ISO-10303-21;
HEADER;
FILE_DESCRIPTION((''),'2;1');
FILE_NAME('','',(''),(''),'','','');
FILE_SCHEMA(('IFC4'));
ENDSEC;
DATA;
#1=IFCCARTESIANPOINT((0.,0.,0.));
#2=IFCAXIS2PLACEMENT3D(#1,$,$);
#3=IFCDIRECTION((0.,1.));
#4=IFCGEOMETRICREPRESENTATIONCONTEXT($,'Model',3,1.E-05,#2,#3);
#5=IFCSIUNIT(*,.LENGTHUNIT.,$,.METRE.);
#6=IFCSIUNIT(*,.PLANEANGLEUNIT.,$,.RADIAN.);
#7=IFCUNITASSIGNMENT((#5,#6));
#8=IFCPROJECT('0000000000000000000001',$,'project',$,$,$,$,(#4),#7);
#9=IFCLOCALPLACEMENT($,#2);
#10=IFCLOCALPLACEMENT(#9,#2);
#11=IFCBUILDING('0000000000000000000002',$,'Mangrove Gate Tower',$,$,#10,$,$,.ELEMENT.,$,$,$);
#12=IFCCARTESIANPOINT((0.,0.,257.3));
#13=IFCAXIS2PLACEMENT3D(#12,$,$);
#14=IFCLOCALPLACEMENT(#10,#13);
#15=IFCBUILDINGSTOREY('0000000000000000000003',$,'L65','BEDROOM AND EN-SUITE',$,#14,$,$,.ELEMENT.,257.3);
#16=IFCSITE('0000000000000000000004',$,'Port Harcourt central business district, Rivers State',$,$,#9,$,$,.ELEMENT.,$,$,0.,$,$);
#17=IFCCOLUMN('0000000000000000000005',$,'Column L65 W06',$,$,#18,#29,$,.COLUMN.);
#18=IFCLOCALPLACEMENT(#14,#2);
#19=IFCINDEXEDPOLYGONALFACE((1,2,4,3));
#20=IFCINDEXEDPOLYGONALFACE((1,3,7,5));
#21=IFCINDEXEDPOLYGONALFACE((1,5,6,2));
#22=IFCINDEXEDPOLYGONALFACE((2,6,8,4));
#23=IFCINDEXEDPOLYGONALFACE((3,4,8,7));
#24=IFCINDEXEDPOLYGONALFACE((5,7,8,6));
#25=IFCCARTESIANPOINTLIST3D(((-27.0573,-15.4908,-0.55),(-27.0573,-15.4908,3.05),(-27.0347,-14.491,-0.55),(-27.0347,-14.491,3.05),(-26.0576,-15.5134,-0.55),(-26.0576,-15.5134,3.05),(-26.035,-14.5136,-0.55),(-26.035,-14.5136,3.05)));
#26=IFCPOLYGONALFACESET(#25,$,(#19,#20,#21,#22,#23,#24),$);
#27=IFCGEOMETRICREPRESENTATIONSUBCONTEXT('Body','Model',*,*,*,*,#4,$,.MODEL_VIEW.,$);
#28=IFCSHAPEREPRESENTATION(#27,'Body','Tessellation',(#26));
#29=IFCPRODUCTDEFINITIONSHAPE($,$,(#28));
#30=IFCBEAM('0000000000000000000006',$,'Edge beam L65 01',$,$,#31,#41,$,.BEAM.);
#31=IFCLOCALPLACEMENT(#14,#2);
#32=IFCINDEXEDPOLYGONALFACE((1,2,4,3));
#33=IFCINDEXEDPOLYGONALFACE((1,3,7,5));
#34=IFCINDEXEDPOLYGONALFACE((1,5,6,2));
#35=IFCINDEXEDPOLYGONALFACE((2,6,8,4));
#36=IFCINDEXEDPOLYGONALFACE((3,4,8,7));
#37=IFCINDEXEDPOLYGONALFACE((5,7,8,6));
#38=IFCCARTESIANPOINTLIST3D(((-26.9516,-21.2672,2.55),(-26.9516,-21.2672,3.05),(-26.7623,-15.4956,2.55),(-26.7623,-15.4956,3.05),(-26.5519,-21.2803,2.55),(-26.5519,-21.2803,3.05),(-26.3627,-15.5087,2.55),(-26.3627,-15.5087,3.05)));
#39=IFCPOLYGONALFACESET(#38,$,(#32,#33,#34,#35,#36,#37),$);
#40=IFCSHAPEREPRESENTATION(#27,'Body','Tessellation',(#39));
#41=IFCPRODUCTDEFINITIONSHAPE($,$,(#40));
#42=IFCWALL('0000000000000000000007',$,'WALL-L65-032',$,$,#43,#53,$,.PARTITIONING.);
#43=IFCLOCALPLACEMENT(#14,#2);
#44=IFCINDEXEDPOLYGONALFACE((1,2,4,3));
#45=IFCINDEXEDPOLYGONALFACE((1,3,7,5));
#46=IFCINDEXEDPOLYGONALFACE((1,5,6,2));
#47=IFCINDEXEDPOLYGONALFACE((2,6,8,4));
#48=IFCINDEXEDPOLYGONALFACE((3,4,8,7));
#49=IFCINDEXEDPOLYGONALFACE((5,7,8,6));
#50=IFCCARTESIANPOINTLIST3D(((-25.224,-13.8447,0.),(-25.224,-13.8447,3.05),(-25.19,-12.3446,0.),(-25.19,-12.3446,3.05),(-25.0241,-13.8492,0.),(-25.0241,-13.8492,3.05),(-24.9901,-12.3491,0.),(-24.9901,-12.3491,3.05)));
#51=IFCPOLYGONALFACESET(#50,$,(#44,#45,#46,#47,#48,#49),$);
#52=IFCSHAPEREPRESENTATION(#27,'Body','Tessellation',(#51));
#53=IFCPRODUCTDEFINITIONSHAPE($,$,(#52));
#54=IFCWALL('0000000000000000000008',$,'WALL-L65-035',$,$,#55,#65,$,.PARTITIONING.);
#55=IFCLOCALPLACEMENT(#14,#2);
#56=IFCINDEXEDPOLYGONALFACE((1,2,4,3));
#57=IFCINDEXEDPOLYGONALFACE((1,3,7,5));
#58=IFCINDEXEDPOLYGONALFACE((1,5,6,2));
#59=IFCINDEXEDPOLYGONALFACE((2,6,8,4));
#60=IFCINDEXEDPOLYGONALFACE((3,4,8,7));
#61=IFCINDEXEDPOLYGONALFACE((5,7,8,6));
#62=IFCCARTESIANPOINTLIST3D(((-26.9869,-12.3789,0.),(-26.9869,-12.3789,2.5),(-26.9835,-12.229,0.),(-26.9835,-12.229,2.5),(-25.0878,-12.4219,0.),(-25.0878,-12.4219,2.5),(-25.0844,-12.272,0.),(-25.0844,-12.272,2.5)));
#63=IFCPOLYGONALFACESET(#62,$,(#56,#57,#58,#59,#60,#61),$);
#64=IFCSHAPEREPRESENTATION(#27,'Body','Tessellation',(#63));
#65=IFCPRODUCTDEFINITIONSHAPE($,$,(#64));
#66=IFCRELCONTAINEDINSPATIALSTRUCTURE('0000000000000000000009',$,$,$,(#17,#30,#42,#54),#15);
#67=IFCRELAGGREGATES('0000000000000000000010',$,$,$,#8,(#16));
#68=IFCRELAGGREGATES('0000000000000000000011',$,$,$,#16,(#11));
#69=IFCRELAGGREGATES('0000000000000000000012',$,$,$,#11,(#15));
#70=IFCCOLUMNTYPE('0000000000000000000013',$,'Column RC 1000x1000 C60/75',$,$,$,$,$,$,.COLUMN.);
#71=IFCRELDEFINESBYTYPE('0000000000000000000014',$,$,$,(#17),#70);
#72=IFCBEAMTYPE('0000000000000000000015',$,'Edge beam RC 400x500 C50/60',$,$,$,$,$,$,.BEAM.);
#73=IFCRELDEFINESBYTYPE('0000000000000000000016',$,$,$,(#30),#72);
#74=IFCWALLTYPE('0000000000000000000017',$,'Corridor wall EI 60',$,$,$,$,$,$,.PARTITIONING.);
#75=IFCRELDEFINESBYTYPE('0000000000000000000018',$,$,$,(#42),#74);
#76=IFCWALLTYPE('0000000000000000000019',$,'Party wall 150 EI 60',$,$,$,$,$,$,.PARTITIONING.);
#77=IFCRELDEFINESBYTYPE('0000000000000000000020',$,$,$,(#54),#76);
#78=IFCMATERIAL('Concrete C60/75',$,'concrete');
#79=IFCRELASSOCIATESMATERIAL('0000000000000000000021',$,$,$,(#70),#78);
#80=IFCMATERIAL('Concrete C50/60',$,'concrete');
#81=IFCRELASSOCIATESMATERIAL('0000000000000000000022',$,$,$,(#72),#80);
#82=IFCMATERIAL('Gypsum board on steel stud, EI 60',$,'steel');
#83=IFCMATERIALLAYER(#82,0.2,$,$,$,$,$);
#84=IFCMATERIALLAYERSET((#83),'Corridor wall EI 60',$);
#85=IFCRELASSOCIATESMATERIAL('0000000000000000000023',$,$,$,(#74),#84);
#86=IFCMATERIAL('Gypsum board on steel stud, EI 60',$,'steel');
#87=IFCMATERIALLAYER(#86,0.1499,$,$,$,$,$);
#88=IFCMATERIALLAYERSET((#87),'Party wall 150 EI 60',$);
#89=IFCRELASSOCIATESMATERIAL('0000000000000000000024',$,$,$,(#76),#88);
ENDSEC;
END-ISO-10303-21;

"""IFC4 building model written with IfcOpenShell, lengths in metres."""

from ifc_helpers import new_model, si_unit, direction, frame, frame_2d, origin, origin_2d, place, context, subcontext, project, spatial, rectangle, extrude, material, layer, layer_set, material_profile, profile_set, type_object, element, save


model = new_model("IFC4")

# Units and contexts
model_context = context("Model", 3, precision=1e-05, world=origin(), true_north=direction((0.0, 1.0)))
body_context = subcontext(model_context, "Body", "Model", "MODEL_VIEW")
ifc_project = project(units=[si_unit("LENGTHUNIT", "METRE"), si_unit("PLANEANGLEUNIT", "RADIAN")], contexts=[model_context])

# Site, building, storey
site_placement = place(None, origin())
site = spatial("IfcSite", under=ifc_project, at=site_placement, Name="Port Harcourt central business district, Rivers State", CompositionType="ELEMENT", RefElevation=0.0)
building_placement = place(site_placement, origin())
building = spatial("IfcBuilding", under=site, at=building_placement, Name="Mangrove Gate Tower", CompositionType="ELEMENT")
storey_placement = place(building_placement, frame((0.0, 0.0, 257.3)))
storey = spatial("IfcBuildingStorey", under=building, at=storey_placement, Name="L65", Description="BEDROOM AND EN-SUITE", CompositionType="ELEMENT", Elevation=257.3)

# Column
ifc_material_1 = material(Name="Concrete C60/75", Category="concrete")
ifc_material_profile_1 = material_profile(ifc_material_1, rectangle(XDim=1.0, YDim=1.0, at=origin_2d()))
ifc_profile_set_1 = profile_set([ifc_material_profile_1], Name="Concrete C60/75")
column_type = type_object("IfcColumnType", Name="Column RC 1000x1000 C60/75", PredefinedType="COLUMN", material=ifc_profile_set_1)
column_placement = place(storey_placement, frame((-26.5461, -15.0022, -0.55), z_axis=(0.0, 0.0, 1.0), x_axis=(-0.022637, -0.999744, 0.0)))
element("IfcColumn", 1, at=column_placement, inside=storey, type_object=column_type, Name="Column L65 W06", PredefinedType="COLUMN", context=body_context, shape_type="SweptSolid", body=[
    extrude(rectangle(XDim=1.0, YDim=1.0, at=origin_2d()), origin(), (0.0, 0.0, 1.0), 3.6001),
])

# Beam
ifc_material_2 = material(Name="Concrete C50/60", Category="concrete")
ifc_material_profile_2 = material_profile(ifc_material_2, rectangle(XDim=0.3999, YDim=0.5, at=origin_2d()))
ifc_profile_set_2 = profile_set([ifc_material_profile_2], Name="Concrete C50/60")
beam_type = type_object("IfcBeamType", Name="Edge beam RC 400x500 C50/60", PredefinedType="BEAM", material=ifc_profile_set_2)
beam_placement = place(storey_placement, frame((-26.5625, -15.5022, 2.8), z_axis=(-0.032766, -0.999463, 0.0), x_axis=(0.999463, -0.032766, 0.0)))
element("IfcBeam", 2, at=beam_placement, inside=storey, type_object=beam_type, Name="Edge beam L65 01", PredefinedType="BEAM", context=body_context, shape_type="SweptSolid", body=[
    extrude(rectangle(XDim=0.3999, YDim=0.5, at=origin_2d()), origin(), (0.0, 0.0, 1.0), 5.7747),
])

# Walls
ifc_material_3 = material(Name="Gypsum board on steel stud, EI 60", Category="steel")
ifc_layer_1 = layer(ifc_material_3, 0.2)
ifc_layer_set_1 = layer_set([ifc_layer_1], Name="Corridor wall EI 60")
wall_type_1 = type_object("IfcWallType", Name="Corridor wall EI 60", PredefinedType="PARTITIONING", material=ifc_layer_set_1)
wall_1_placement = place(storey_placement, frame((-25.124, -13.8469, 0.0), z_axis=(0.0, 0.0, 1.0), x_axis=(0.022618, 0.999744, 0.0)))
element("IfcWall", 3, at=wall_1_placement, inside=storey, type_object=wall_type_1, Name="WALL-L65-032", PredefinedType="PARTITIONING", context=body_context, shape_type="SweptSolid", body=[
    extrude(rectangle(XDim=1.5005, YDim=0.2, at=frame_2d((0.7502, 0.0))), origin(), (0.0, 0.0, 1.0), 3.05),
])
ifc_material_4 = material(Name="Gypsum board on steel stud, EI 60", Category="steel")
ifc_layer_2 = layer(ifc_material_4, 0.1499)
ifc_layer_set_2 = layer_set([ifc_layer_2], Name="Party wall 150 EI 60")
wall_type_2 = type_object("IfcWallType", Name="Party wall 150 EI 60", PredefinedType="PARTITIONING", material=ifc_layer_set_2)
wall_2_placement = place(storey_placement, frame((-26.9851, -12.304, 0.0), z_axis=(0.0, 0.0, 1.0), x_axis=(0.999744, -0.022619, 0.0)))
element("IfcWall", 4, at=wall_2_placement, inside=storey, type_object=wall_type_2, Name="WALL-L65-035", PredefinedType="PARTITIONING", context=body_context, shape_type="SweptSolid", body=[
    extrude(rectangle(XDim=1.8997, YDim=0.1499, at=frame_2d((0.9497, 0.0))), origin(), (0.0, 0.0, 1.0), 2.5),
])

save(model, "model.ifc")
